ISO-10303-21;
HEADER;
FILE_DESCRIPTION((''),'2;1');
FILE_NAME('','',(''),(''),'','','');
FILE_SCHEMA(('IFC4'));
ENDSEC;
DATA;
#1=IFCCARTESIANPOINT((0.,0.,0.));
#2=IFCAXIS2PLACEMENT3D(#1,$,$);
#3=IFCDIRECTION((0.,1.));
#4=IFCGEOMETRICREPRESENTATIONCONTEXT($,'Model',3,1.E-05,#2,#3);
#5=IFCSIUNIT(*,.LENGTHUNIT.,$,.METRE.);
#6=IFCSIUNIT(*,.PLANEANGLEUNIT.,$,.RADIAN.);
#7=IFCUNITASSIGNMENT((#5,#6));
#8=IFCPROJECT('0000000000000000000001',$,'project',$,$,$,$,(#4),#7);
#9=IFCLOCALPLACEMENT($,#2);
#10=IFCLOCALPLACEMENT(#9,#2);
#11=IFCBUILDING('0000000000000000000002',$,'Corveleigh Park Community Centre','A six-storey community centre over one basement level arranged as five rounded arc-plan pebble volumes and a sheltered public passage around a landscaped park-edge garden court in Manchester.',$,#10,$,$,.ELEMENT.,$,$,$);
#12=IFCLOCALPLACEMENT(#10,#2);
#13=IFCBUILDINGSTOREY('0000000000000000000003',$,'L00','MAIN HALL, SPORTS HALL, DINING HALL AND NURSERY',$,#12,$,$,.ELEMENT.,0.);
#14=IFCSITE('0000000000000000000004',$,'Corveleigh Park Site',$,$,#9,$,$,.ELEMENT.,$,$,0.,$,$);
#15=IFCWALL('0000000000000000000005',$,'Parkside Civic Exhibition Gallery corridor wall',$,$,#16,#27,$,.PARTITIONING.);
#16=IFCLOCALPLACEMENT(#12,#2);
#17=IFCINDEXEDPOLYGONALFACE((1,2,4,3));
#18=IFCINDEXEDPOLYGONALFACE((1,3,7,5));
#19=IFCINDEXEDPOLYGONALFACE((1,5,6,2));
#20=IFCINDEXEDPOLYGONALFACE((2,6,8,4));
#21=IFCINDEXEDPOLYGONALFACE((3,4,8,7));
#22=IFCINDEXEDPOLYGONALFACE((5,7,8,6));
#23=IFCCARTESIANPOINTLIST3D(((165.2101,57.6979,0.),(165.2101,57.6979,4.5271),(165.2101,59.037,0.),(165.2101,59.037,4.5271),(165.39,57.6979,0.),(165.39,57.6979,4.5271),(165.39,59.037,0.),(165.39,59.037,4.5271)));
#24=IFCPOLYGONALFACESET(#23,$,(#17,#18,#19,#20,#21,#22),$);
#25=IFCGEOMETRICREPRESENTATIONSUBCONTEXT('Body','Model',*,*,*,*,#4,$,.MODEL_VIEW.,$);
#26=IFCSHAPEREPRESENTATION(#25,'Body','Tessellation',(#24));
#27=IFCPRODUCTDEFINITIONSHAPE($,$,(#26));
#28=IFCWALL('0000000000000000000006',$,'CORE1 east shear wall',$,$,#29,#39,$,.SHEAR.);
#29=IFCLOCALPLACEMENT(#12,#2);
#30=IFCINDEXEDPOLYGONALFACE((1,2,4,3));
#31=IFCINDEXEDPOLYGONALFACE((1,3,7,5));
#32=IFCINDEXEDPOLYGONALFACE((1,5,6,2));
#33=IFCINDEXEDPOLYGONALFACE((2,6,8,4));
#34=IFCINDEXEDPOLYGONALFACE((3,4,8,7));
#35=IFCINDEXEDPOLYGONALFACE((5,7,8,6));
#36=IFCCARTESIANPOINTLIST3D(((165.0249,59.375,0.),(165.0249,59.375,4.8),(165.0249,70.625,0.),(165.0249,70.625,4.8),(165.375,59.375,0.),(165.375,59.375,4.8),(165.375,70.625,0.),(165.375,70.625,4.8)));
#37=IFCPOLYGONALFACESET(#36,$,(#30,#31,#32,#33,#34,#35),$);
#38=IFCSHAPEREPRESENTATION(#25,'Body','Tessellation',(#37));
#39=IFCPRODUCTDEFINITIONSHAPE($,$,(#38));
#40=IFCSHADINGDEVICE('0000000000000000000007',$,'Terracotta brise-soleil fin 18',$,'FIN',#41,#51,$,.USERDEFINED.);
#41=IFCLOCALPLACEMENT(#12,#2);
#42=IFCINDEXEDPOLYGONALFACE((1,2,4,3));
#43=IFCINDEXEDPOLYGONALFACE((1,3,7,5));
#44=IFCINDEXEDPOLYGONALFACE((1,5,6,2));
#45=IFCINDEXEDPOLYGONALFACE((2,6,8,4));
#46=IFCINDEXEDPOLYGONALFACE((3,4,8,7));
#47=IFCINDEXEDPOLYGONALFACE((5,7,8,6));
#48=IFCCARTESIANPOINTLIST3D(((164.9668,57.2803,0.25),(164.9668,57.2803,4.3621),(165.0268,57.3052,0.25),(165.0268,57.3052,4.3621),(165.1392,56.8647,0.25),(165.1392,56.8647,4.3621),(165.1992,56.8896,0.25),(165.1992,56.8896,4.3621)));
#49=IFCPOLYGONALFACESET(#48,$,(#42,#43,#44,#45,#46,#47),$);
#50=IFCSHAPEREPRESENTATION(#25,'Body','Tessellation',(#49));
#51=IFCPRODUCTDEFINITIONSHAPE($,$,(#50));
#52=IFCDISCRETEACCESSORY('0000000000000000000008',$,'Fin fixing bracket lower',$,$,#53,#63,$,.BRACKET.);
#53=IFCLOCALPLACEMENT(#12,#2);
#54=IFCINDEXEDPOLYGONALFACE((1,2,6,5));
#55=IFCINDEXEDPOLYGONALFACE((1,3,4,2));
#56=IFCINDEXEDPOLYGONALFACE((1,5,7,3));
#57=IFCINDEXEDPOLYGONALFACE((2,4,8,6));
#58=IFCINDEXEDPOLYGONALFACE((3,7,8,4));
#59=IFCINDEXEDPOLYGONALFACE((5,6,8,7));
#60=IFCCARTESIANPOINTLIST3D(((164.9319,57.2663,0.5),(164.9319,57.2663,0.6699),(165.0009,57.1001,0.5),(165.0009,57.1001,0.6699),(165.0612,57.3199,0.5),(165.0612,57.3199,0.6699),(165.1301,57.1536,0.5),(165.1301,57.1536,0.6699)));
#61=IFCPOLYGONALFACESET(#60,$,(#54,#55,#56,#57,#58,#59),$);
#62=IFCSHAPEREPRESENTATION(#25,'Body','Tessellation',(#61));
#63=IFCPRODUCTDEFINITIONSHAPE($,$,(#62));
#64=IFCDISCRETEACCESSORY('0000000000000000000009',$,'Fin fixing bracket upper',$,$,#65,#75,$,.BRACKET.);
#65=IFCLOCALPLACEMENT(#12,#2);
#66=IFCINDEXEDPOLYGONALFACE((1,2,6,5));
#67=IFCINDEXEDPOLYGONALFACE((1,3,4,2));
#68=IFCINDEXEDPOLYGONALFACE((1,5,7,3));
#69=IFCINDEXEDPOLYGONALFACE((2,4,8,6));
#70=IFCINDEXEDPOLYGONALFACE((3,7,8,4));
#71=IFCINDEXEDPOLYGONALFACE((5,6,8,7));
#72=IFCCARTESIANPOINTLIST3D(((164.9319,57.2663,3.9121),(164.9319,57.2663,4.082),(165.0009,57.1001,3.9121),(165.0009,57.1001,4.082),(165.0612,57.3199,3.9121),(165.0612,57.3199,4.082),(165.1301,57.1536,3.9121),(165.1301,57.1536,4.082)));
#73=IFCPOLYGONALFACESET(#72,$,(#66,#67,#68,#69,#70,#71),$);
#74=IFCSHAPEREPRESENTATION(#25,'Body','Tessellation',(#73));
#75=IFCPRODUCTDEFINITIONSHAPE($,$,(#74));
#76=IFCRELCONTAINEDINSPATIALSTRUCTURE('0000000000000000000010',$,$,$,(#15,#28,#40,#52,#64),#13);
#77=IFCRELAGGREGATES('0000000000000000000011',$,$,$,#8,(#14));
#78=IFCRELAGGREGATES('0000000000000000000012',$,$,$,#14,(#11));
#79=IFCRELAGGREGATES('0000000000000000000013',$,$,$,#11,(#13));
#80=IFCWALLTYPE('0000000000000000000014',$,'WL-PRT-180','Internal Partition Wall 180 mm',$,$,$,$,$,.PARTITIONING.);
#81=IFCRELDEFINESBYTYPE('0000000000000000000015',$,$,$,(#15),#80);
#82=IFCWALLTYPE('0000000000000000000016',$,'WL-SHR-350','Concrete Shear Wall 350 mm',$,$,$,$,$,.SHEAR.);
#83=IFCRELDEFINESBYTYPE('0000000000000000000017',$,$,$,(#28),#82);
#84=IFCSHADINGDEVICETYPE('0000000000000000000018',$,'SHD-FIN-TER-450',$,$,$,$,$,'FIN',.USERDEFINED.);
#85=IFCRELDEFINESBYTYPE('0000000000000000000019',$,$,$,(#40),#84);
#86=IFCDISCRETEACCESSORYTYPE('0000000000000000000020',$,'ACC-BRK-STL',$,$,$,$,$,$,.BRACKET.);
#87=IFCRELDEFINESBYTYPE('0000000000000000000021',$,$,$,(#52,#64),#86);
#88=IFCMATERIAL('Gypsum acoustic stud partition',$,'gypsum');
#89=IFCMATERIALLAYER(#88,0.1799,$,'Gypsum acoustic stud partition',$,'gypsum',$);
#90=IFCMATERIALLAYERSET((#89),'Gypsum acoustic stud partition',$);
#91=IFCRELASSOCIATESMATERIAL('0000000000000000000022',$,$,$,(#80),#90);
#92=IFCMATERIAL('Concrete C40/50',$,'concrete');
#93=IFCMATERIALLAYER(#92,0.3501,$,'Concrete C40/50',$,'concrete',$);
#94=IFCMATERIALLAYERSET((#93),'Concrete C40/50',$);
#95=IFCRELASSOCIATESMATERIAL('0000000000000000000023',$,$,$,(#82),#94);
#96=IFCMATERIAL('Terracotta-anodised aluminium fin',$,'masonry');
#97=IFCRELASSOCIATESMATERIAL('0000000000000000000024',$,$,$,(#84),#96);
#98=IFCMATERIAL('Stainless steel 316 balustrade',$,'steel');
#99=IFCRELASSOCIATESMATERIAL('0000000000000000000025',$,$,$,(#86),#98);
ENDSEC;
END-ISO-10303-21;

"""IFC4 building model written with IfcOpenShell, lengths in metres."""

from ifc_helpers import new_model, si_unit, direction, frame, frame_2d, origin, origin_2d, place, context, subcontext, project, spatial, rectangle, extrude, material, layer, layer_set, type_object, element, save


model = new_model("IFC4")

# Units and contexts
model_context = context("Model", 3, precision=1e-05, world=origin(), true_north=direction((0.0, 1.0)))
body_context = subcontext(model_context, "Body", "Model", "MODEL_VIEW")
ifc_project = project(units=[si_unit("LENGTHUNIT", "METRE"), si_unit("PLANEANGLEUNIT", "RADIAN")], contexts=[model_context])

# Site, building, storey
site_placement = place(None, origin())
site = spatial("IfcSite", under=ifc_project, at=site_placement, Name="Corveleigh Park Site", CompositionType="ELEMENT", RefElevation=0.0)
building_placement = place(site_placement, origin())
building = spatial("IfcBuilding", under=site, at=building_placement, Name="Corveleigh Park Community Centre", Description="A six-storey community centre over one basement level arranged as five rounded arc-plan pebble volumes and a sheltered public passage around a landscaped park-edge garden court in Manchester.", CompositionType="ELEMENT")
storey_placement = place(building_placement, origin())
storey = spatial("IfcBuildingStorey", under=building, at=storey_placement, Name="L00", Description="MAIN HALL, SPORTS HALL, DINING HALL AND NURSERY", CompositionType="ELEMENT", Elevation=0.0)

# Walls
ifc_material_1 = material(Name="Gypsum acoustic stud partition", Category="gypsum")
ifc_layer_1 = layer(ifc_material_1, 0.1799, Name="Gypsum acoustic stud partition", Category="gypsum")
ifc_layer_set_1 = layer_set([ifc_layer_1], Name="Gypsum acoustic stud partition")
wall_type_1 = type_object("IfcWallType", Name="WL-PRT-180", Description="Internal Partition Wall 180 mm", PredefinedType="PARTITIONING", material=ifc_layer_set_1)
wall_1_placement = place(storey_placement, frame((165.3, 57.698, 0.0), z_axis=(0.0, 0.0, 1.0), x_axis=(0.0, 1.0, 0.0)))
element("IfcWall", 1, at=wall_1_placement, inside=storey, type_object=wall_type_1, Name="Parkside Civic Exhibition Gallery corridor wall", PredefinedType="PARTITIONING", context=body_context, shape_type="SweptSolid", body=[
    extrude(rectangle(XDim=1.3391, YDim=0.1799, at=frame_2d((0.6694, 0.0))), origin(), (0.0, 0.0, 1.0), 4.5271),
])
ifc_material_2 = material(Name="Concrete C40/50", Category="concrete")
ifc_layer_2 = layer(ifc_material_2, 0.3501, Name="Concrete C40/50", Category="concrete")
ifc_layer_set_2 = layer_set([ifc_layer_2], Name="Concrete C40/50")
wall_type_2 = type_object("IfcWallType", Name="WL-SHR-350", Description="Concrete Shear Wall 350 mm", PredefinedType="SHEAR", material=ifc_layer_set_2)
wall_2_placement = place(storey_placement, frame((165.2, 59.375, 0.0), z_axis=(0.0, 0.0, 1.0), x_axis=(0.0, 1.0, 0.0)))
element("IfcWall", 2, at=wall_2_placement, inside=storey, type_object=wall_type_2, Name="CORE1 east shear wall", PredefinedType="SHEAR", context=body_context, shape_type="SweptSolid", body=[
    extrude(rectangle(XDim=11.25, YDim=0.3501, at=frame_2d((5.625, 0.0))), origin(), (0.0, 0.0, 1.0), 4.8),
])

# Shading device
ifc_material_3 = material(Name="Terracotta-anodised aluminium fin", Category="masonry")
shading_device_type = type_object("IfcShadingDeviceType", Name="SHD-FIN-TER-450", ElementType="FIN", PredefinedType="USERDEFINED", material=ifc_material_3)
shading_device_placement = place(storey_placement, frame((165.083, 57.085, 0.25), z_axis=(0.0, 0.0, 1.0), x_axis=(0.383024, -0.923738, 0.0)))
element("IfcShadingDevice", 3, at=shading_device_placement, inside=storey, type_object=shading_device_type, Name="Terracotta brise-soleil fin 18", ObjectType="FIN", PredefinedType="USERDEFINED", context=body_context, shape_type="SweptSolid", body=[
    extrude(rectangle(XDim=0.45, YDim=0.0649, at=origin_2d()), origin(), (0.0, 0.0, 1.0), 4.1121),
])

# Discrete accessories
ifc_material_4 = material(Name="Stainless steel 316 balustrade", Category="steel")
discrete_accessory_type = type_object("IfcDiscreteAccessoryType", Name="ACC-BRK-STL", PredefinedType="BRACKET", material=ifc_material_4)
for number, where, z_axis, x_axis, name in (
    (4, (165.031, 57.21, 0.5), (0.0, 0.0, 1.0), (0.383024, -0.923738, 0.0), "Fin fixing bracket lower"),
    (5, (165.031, 57.21, 3.9121), (0.0, 0.0, 1.0), (0.383024, -0.923738, 0.0), "Fin fixing bracket upper"),
):
    element("IfcDiscreteAccessory", number, at=place(storey_placement, frame(where, z_axis=z_axis, x_axis=x_axis)), inside=storey, type_object=discrete_accessory_type, Name=name, PredefinedType="BRACKET", context=body_context, shape_type="SweptSolid", body=[
        extrude(rectangle(XDim=0.1799, YDim=0.1399, at=origin_2d()), origin(), (0.0, 0.0, 1.0), 0.1699),
    ])

save(model, "model.ifc")
